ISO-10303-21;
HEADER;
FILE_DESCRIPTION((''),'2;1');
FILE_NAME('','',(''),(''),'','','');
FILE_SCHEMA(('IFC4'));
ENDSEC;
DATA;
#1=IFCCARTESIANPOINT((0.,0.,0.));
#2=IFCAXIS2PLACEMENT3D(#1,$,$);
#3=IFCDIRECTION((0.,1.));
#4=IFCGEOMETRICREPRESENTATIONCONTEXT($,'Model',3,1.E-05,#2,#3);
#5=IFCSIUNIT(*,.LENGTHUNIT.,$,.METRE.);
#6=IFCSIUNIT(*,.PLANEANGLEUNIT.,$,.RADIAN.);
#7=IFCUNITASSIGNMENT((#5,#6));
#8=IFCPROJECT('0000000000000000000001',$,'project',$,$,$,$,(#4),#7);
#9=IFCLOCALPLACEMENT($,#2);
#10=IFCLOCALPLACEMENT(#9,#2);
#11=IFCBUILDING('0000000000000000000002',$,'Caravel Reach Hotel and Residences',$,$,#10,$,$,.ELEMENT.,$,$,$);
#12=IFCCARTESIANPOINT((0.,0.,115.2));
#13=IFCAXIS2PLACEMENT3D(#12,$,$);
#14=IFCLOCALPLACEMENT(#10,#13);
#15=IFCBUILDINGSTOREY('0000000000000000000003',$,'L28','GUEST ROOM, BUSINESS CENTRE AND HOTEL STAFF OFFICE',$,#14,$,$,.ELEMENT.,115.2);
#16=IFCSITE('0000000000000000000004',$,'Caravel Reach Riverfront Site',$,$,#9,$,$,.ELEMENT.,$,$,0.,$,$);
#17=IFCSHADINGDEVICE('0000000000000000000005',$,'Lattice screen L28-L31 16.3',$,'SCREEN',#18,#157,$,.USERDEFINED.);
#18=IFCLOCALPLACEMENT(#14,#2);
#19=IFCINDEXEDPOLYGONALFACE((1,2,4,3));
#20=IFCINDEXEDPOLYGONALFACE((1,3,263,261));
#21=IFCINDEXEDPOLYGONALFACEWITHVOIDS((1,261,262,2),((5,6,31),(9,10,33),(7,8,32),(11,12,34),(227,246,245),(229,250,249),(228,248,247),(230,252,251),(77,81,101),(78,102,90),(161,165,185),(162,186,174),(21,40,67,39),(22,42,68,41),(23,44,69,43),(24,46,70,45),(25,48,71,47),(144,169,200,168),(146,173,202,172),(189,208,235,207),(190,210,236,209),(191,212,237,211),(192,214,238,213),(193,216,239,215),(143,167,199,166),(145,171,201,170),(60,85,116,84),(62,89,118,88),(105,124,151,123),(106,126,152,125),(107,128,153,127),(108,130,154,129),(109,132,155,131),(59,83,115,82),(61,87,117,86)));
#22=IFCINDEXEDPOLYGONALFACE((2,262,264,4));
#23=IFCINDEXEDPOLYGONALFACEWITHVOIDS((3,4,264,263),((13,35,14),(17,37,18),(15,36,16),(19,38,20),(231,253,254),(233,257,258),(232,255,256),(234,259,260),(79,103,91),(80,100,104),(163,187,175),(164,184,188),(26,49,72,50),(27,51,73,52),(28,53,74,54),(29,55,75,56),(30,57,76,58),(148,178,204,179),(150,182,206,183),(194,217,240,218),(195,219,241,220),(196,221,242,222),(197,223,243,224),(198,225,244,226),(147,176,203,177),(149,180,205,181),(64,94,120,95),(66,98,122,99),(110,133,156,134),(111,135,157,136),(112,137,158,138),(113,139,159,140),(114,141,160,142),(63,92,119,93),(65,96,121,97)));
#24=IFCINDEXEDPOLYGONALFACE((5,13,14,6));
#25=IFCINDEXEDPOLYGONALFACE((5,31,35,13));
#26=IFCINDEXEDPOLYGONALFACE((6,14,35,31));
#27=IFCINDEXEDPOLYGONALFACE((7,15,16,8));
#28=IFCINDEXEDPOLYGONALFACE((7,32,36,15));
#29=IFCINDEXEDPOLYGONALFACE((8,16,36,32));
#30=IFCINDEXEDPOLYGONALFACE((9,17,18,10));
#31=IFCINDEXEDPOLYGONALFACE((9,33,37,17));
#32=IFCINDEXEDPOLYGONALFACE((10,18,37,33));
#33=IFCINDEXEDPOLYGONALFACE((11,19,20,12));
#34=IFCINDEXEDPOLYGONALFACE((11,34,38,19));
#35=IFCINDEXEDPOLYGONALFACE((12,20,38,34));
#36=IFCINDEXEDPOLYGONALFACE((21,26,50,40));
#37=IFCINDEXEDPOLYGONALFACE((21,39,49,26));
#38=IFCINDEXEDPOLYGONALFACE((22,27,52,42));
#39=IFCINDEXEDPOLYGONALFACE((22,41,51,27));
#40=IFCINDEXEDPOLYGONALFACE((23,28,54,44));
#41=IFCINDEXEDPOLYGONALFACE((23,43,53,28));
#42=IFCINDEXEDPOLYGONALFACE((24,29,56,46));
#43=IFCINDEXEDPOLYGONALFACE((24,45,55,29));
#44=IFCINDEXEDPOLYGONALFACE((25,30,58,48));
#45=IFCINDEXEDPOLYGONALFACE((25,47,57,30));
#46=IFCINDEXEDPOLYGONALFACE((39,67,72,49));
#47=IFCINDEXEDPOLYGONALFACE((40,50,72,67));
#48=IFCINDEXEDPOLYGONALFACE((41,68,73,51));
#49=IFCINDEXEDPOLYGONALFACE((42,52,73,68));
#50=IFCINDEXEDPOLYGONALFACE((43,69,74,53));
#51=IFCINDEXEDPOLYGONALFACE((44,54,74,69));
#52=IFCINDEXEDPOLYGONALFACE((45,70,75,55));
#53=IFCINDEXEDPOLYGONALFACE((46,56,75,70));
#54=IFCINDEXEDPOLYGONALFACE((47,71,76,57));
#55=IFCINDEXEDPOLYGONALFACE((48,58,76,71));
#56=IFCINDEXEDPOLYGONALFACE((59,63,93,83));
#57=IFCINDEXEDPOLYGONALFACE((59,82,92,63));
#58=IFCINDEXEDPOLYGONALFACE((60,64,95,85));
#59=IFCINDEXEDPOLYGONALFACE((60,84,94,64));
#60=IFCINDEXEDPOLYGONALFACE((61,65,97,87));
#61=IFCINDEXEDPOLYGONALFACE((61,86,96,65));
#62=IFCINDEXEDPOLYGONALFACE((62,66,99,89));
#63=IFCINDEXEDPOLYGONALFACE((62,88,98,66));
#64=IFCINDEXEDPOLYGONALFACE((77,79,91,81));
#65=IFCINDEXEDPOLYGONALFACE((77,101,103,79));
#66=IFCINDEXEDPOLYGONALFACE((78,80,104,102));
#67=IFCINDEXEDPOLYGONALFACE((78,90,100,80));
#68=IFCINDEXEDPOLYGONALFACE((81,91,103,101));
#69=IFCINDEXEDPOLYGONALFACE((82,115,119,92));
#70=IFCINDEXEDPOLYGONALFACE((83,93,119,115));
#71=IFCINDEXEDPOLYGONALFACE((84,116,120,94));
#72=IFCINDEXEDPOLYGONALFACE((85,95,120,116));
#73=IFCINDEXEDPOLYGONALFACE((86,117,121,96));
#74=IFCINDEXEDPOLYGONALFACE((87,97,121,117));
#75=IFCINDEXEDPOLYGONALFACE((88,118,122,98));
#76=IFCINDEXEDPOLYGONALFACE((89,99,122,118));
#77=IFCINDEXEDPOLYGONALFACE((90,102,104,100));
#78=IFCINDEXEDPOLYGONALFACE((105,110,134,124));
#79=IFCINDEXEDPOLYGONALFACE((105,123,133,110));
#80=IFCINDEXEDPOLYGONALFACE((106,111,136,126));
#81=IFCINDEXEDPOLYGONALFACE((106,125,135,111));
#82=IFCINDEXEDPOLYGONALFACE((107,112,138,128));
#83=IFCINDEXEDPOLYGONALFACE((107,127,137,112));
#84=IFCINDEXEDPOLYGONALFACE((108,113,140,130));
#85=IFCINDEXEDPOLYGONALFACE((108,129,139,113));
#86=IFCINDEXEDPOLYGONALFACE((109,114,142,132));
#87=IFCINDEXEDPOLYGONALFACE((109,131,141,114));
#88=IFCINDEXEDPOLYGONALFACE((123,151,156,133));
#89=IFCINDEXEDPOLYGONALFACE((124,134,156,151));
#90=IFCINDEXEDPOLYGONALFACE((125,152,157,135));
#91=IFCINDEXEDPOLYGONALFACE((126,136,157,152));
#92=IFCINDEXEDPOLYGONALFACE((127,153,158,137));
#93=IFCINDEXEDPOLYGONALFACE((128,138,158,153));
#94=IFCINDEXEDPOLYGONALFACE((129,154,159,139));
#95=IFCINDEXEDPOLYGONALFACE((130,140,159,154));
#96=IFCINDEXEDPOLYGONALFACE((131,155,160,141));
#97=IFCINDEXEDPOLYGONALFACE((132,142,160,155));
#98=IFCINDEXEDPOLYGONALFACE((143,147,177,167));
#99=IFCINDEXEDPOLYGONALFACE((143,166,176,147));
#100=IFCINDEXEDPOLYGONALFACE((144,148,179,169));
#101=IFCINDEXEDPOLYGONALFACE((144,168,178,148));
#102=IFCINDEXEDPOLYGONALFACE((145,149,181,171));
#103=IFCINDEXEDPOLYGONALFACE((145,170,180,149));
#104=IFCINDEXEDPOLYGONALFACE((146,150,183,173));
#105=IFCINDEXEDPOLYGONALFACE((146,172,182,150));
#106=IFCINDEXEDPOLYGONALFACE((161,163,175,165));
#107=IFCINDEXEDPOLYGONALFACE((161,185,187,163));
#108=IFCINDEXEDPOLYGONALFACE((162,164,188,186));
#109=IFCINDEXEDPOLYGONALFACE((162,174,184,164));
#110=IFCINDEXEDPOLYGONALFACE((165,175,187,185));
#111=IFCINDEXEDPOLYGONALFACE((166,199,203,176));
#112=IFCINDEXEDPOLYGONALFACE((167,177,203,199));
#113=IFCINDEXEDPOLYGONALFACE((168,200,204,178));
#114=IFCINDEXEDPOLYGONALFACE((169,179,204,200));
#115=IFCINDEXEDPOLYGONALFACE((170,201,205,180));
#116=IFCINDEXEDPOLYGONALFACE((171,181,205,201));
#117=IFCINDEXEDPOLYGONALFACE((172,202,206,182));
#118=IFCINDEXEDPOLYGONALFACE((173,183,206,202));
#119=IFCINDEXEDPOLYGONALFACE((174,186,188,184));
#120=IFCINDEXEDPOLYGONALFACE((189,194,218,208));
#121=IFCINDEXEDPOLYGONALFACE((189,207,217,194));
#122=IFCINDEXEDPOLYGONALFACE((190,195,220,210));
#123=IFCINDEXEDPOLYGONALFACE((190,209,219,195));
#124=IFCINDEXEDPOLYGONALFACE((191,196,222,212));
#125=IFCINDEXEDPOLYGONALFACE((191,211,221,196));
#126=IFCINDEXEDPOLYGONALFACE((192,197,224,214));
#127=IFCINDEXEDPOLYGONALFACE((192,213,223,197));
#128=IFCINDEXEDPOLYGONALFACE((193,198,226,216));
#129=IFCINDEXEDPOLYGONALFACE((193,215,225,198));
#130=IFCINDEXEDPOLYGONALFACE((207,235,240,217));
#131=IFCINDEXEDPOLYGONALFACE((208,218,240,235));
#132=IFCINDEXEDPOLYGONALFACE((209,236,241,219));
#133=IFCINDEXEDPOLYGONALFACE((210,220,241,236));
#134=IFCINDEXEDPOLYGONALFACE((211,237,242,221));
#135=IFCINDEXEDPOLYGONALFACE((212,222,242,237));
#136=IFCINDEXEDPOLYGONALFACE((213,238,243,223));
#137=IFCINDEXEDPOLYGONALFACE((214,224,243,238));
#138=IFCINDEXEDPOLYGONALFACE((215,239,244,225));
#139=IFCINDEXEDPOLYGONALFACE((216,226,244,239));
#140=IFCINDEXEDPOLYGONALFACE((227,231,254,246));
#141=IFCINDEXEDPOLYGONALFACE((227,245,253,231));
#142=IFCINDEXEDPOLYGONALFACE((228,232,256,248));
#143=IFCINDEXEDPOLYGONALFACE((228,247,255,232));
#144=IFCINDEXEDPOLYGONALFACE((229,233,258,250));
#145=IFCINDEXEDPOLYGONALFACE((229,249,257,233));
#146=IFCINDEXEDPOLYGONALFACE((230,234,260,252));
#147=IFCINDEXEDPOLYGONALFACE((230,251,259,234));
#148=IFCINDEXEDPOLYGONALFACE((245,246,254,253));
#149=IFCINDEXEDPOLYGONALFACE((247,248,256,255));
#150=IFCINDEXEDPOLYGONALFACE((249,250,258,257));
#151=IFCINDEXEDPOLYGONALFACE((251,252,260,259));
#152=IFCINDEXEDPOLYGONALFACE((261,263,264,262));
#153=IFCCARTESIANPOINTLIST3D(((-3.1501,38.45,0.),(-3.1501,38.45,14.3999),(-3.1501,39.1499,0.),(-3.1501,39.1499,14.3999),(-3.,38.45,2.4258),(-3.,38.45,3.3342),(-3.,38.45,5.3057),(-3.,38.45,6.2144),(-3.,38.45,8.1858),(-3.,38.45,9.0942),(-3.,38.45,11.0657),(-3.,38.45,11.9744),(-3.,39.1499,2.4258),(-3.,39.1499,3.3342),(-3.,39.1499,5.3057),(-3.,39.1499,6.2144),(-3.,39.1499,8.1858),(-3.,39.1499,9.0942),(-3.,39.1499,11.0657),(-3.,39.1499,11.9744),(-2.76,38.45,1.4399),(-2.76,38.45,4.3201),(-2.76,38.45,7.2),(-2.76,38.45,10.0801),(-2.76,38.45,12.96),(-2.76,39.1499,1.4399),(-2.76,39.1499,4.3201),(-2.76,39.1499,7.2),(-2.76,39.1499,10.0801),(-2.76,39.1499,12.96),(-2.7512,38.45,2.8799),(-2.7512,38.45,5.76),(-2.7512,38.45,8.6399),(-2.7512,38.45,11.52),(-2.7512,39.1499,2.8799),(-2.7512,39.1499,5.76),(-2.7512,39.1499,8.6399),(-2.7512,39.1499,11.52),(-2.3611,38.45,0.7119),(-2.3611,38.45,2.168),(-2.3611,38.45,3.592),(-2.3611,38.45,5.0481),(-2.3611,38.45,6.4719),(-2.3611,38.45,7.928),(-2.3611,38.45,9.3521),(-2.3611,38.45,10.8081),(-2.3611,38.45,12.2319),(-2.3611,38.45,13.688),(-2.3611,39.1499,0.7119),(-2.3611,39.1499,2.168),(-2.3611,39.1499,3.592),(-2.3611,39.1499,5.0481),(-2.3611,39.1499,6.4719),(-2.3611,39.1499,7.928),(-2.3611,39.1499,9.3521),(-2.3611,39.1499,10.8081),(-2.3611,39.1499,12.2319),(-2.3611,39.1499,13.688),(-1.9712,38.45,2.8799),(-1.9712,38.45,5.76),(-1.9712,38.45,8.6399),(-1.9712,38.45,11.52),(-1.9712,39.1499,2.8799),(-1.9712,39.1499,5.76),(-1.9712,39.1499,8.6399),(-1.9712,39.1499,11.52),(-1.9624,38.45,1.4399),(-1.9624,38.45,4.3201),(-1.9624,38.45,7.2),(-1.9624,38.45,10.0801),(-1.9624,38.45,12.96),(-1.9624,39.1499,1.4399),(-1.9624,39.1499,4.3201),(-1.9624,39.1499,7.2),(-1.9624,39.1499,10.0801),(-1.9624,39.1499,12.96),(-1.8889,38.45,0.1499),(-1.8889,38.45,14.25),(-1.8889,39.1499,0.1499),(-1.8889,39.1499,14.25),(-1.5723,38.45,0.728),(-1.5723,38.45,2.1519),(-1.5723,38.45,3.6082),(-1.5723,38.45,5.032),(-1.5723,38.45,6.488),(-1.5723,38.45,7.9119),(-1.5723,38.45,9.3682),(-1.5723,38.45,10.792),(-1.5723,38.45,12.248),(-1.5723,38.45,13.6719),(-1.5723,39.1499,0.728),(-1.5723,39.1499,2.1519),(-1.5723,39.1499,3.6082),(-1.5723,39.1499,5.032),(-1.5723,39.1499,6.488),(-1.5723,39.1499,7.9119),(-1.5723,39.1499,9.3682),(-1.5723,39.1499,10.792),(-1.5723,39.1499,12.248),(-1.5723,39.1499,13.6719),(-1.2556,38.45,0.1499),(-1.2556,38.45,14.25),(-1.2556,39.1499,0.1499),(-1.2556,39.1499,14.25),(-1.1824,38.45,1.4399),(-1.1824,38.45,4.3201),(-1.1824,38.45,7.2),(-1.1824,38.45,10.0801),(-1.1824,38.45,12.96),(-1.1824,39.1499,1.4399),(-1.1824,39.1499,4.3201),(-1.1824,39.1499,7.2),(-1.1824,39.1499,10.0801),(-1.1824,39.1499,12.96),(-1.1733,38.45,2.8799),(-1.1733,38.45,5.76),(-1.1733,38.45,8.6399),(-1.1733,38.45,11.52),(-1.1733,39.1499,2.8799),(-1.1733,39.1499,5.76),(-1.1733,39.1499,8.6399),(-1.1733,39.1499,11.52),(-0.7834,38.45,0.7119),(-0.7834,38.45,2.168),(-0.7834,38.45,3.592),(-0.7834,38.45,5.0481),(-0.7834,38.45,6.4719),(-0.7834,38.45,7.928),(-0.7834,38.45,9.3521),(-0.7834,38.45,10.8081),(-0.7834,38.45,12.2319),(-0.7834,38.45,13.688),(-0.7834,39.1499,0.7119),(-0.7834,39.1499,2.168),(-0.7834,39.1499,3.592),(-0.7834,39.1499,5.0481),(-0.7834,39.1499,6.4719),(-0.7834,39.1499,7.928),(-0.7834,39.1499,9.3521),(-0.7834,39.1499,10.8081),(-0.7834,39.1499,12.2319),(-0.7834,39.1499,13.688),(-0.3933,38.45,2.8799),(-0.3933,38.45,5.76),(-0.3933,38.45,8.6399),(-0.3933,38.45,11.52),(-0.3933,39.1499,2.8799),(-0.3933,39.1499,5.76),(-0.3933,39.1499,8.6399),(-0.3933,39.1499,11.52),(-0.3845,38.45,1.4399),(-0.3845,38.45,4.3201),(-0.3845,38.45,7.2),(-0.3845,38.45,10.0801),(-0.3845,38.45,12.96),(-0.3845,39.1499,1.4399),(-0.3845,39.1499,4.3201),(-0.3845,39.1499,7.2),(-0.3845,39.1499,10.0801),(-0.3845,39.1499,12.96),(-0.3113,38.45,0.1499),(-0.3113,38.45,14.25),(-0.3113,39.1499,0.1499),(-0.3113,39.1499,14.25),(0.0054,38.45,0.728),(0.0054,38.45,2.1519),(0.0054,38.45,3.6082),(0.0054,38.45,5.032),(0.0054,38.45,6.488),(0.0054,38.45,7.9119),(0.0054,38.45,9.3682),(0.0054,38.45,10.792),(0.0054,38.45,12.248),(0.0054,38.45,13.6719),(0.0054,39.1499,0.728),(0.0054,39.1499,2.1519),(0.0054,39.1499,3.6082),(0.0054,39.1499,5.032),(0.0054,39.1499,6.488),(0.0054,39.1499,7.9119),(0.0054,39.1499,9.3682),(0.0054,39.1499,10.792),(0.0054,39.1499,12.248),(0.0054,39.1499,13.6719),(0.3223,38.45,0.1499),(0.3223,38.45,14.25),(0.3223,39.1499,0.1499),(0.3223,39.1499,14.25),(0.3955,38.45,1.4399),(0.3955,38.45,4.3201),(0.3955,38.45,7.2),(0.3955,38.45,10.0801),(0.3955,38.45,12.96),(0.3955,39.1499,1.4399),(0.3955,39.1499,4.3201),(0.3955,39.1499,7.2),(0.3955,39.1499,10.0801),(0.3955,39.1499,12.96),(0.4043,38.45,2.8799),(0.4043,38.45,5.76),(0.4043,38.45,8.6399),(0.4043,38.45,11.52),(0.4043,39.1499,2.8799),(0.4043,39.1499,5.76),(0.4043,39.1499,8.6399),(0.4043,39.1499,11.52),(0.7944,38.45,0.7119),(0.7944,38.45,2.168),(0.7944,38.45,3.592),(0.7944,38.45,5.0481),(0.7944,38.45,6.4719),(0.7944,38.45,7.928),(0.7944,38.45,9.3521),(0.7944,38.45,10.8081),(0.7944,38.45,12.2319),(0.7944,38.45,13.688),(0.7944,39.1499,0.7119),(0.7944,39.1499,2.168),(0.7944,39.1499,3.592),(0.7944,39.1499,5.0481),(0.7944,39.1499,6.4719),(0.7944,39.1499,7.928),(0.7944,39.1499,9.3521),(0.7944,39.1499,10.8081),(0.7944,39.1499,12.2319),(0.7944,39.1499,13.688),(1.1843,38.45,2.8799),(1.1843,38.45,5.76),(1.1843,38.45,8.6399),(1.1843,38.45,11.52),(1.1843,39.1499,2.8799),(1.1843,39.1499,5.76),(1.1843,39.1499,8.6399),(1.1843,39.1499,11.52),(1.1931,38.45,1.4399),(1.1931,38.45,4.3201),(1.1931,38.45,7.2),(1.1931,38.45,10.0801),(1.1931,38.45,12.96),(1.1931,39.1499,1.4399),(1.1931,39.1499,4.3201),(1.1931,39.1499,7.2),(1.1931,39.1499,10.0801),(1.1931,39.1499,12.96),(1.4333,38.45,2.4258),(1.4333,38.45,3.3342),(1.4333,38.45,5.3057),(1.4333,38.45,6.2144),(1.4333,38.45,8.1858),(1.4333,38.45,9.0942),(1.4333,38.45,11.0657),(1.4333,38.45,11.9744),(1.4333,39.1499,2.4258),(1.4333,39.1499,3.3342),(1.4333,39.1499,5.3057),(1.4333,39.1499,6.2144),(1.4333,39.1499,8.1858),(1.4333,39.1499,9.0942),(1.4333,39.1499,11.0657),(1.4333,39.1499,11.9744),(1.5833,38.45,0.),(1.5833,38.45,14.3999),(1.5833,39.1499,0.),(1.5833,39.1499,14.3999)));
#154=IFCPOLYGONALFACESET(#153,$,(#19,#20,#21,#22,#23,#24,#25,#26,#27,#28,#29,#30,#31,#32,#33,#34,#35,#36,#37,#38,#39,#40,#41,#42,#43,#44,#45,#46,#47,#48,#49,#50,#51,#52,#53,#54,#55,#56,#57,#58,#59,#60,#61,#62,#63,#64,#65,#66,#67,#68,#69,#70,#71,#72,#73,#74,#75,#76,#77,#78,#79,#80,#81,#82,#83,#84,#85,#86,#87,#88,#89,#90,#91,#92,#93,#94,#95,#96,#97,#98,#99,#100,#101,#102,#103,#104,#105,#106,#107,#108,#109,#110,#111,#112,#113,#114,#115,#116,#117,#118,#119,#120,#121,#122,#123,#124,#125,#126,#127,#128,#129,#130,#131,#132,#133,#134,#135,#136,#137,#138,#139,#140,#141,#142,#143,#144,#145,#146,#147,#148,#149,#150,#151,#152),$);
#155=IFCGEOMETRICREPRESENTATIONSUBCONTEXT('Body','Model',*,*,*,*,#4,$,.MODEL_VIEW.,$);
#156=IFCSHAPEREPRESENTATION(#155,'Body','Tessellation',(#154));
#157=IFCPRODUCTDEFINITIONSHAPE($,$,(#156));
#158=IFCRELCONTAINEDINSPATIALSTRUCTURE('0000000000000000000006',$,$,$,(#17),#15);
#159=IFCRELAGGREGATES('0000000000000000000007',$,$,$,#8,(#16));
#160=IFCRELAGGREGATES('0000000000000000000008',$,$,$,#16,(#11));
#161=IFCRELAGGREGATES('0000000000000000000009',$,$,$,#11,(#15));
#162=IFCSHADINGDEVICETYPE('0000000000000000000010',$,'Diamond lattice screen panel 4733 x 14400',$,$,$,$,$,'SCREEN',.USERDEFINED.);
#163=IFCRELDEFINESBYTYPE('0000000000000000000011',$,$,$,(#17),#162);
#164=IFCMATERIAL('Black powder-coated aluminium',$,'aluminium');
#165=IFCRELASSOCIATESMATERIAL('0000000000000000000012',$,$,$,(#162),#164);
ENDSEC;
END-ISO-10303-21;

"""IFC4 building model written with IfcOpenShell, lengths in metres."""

from ifc_helpers import new_model, si_unit, direction, frame, origin, place, context, subcontext, project, spatial, polyline, outline, extrude, material, type_object, element, save


model = new_model("IFC4")

# Units and contexts
model_context = context("Model", 3, precision=1e-05, world=origin(), true_north=direction((0.0, 1.0)))
body_context = subcontext(model_context, "Body", "Model", "MODEL_VIEW")
ifc_project = project(units=[si_unit("LENGTHUNIT", "METRE"), si_unit("PLANEANGLEUNIT", "RADIAN")], contexts=[model_context])

# Site, building, storey
site_placement = place(None, origin())
site = spatial("IfcSite", under=ifc_project, at=site_placement, Name="Caravel Reach Riverfront Site", CompositionType="ELEMENT", RefElevation=0.0)
building_placement = place(site_placement, origin())
building = spatial("IfcBuilding", under=site, at=building_placement, Name="Caravel Reach Hotel and Residences", CompositionType="ELEMENT")
storey_placement = place(building_placement, frame((0.0, 0.0, 115.2)))
storey = spatial("IfcBuildingStorey", under=building, at=storey_placement, Name="L28", Description="GUEST ROOM, BUSINESS CENTRE AND HOTEL STAFF OFFICE", CompositionType="ELEMENT", Elevation=115.2)

# Shading device
ifc_material_1 = material(Name="Black powder-coated aluminium", Category="aluminium")
shading_device_type_1 = type_object("IfcShadingDeviceType", Name="Diamond lattice screen panel 4733 x 14400", ElementType="SCREEN", PredefinedType="USERDEFINED", material=ifc_material_1)
shading_device_1_placement = place(storey_placement, frame((1.5833, 38.45, 0.0), z_axis=(0.0, 1.0, 0.0), x_axis=(-1.0, 0.0, 0.0)))
element("IfcShadingDevice", 1, at=shading_device_1_placement, inside=storey, type_object=shading_device_type_1, Name="Lattice screen L28-L31 16.3", ObjectType="SCREEN", PredefinedType="USERDEFINED", context=body_context, shape_type="SweptSolid", body=[
    extrude(outline(polyline([(0.0, 0.0), (4.7334, 0.0), (4.7334, 14.3999), (0.0, 14.3999), (0.0, 0.0)]), holes=[polyline([(0.3989, 2.8799), (0.1499, 3.3342), (0.1499, 2.4258), (0.3989, 2.8799)]), polyline([(0.3989, 5.76), (0.1499, 6.2144), (0.1499, 5.3057), (0.3989, 5.76)]), polyline([(0.3989, 8.6399), (0.1499, 9.0942), (0.1499, 8.1858), (0.3989, 8.6399)]), polyline([(0.3989, 11.52), (0.1499, 11.9744), (0.1499, 11.0657), (0.3989, 11.52)]), polyline([(0.7888, 2.168), (0.3901, 1.4399), (0.7888, 0.7119), (1.1877, 1.4399), (0.7888, 2.168)]), polyline([(0.7888, 5.0481), (0.3901, 4.3201), (0.7888, 3.592), (1.1877, 4.3201), (0.7888, 5.0481)]), polyline([(0.7888, 7.928), (0.3901, 7.2), (0.7888, 6.4719), (1.1877, 7.2), (0.7888, 7.928)]), polyline([(0.7888, 10.8081), (0.3901, 10.0801), (0.7888, 9.3521), (1.1877, 10.0801), (0.7888, 10.8081)]), polyline([(0.7888, 13.688), (0.3901, 12.96), (0.7888, 12.2319), (1.1877, 12.96), (0.7888, 13.688)]), polyline([(1.5779, 0.728), (1.261, 0.1499), (1.8945, 0.1499), (1.5779, 0.728)]), polyline([(1.5779, 3.6082), (1.179, 2.8799), (1.5779, 2.1519), (1.9766, 2.8799), (1.5779, 3.6082)]), polyline([(1.5779, 6.488), (1.179, 5.76), (1.5779, 5.032), (1.9766, 5.76), (1.5779, 6.488)]), polyline([(1.5779, 9.3682), (1.179, 8.6399), (1.5779, 7.9119), (1.9766, 8.6399), (1.5779, 9.3682)]), polyline([(1.5779, 12.248), (1.179, 11.52), (1.5779, 10.792), (1.9766, 11.52), (1.5779, 12.248)]), polyline([(1.5779, 13.6719), (1.8945, 14.25), (1.261, 14.25), (1.5779, 13.6719)]), polyline([(2.3667, 2.168), (1.9678, 1.4399), (2.3667, 0.7119), (2.7656, 1.4399), (2.3667, 2.168)]), polyline([(2.3667, 5.0481), (1.9678, 4.3201), (2.3667, 3.592), (2.7656, 4.3201), (2.3667, 5.0481)]), polyline([(2.3667, 7.928), (1.9678, 7.2), (2.3667, 6.4719), (2.7656, 7.2), (2.3667, 7.928)]), polyline([(2.3667, 10.8081), (1.9678, 10.0801), (2.3667, 9.3521), (2.7656, 10.0801), (2.3667, 10.8081)]), polyline([(2.3667, 13.688), (1.9678, 12.96), (2.3667, 12.2319), (2.7656, 12.96), (2.3667, 13.688)]), polyline([(3.1555, 0.728), (2.8389, 0.1499), (3.4722, 0.1499), (3.1555, 0.728)]), polyline([(3.1555, 3.6082), (2.7566, 2.8799), (3.1555, 2.1519), (3.5544, 2.8799), (3.1555, 3.6082)]), polyline([(3.1555, 6.488), (2.7566, 5.76), (3.1555, 5.032), (3.5544, 5.76), (3.1555, 6.488)]), polyline([(3.1555, 9.3682), (2.7566, 8.6399), (3.1555, 7.9119), (3.5544, 8.6399), (3.1555, 9.3682)]), polyline([(3.1555, 12.248), (2.7566, 11.52), (3.1555, 10.792), (3.5544, 11.52), (3.1555, 12.248)]), polyline([(3.1555, 13.6719), (3.4722, 14.25), (2.8389, 14.25), (3.1555, 13.6719)]), polyline([(3.9443, 2.168), (3.5457, 1.4399), (3.9443, 0.7119), (4.3433, 1.4399), (3.9443, 2.168)]), polyline([(3.9443, 5.0481), (3.5457, 4.3201), (3.9443, 3.592), (4.3433, 4.3201), (3.9443, 5.0481)]), polyline([(3.9443, 7.928), (3.5457, 7.2), (3.9443, 6.4719), (4.3433, 7.2), (3.9443, 7.928)]), polyline([(3.9443, 10.8081), (3.5457, 10.0801), (3.9443, 9.3521), (4.3433, 10.0801), (3.9443, 10.8081)]), polyline([(3.9443, 13.688), (3.5457, 12.96), (3.9443, 12.2319), (4.3433, 12.96), (3.9443, 13.688)]), polyline([(4.3345, 2.8799), (4.5833, 2.4258), (4.5833, 3.3342), (4.3345, 2.8799)]), polyline([(4.3345, 5.76), (4.5833, 5.3057), (4.5833, 6.2144), (4.3345, 5.76)]), polyline([(4.3345, 8.6399), (4.5833, 8.1858), (4.5833, 9.0942), (4.3345, 8.6399)]), polyline([(4.3345, 11.52), (4.5833, 11.0657), (4.5833, 11.9744), (4.3345, 11.52)])]), origin(), (0.0, 0.0, 1.0), 0.7),
])

save(model, "model.ifc")
